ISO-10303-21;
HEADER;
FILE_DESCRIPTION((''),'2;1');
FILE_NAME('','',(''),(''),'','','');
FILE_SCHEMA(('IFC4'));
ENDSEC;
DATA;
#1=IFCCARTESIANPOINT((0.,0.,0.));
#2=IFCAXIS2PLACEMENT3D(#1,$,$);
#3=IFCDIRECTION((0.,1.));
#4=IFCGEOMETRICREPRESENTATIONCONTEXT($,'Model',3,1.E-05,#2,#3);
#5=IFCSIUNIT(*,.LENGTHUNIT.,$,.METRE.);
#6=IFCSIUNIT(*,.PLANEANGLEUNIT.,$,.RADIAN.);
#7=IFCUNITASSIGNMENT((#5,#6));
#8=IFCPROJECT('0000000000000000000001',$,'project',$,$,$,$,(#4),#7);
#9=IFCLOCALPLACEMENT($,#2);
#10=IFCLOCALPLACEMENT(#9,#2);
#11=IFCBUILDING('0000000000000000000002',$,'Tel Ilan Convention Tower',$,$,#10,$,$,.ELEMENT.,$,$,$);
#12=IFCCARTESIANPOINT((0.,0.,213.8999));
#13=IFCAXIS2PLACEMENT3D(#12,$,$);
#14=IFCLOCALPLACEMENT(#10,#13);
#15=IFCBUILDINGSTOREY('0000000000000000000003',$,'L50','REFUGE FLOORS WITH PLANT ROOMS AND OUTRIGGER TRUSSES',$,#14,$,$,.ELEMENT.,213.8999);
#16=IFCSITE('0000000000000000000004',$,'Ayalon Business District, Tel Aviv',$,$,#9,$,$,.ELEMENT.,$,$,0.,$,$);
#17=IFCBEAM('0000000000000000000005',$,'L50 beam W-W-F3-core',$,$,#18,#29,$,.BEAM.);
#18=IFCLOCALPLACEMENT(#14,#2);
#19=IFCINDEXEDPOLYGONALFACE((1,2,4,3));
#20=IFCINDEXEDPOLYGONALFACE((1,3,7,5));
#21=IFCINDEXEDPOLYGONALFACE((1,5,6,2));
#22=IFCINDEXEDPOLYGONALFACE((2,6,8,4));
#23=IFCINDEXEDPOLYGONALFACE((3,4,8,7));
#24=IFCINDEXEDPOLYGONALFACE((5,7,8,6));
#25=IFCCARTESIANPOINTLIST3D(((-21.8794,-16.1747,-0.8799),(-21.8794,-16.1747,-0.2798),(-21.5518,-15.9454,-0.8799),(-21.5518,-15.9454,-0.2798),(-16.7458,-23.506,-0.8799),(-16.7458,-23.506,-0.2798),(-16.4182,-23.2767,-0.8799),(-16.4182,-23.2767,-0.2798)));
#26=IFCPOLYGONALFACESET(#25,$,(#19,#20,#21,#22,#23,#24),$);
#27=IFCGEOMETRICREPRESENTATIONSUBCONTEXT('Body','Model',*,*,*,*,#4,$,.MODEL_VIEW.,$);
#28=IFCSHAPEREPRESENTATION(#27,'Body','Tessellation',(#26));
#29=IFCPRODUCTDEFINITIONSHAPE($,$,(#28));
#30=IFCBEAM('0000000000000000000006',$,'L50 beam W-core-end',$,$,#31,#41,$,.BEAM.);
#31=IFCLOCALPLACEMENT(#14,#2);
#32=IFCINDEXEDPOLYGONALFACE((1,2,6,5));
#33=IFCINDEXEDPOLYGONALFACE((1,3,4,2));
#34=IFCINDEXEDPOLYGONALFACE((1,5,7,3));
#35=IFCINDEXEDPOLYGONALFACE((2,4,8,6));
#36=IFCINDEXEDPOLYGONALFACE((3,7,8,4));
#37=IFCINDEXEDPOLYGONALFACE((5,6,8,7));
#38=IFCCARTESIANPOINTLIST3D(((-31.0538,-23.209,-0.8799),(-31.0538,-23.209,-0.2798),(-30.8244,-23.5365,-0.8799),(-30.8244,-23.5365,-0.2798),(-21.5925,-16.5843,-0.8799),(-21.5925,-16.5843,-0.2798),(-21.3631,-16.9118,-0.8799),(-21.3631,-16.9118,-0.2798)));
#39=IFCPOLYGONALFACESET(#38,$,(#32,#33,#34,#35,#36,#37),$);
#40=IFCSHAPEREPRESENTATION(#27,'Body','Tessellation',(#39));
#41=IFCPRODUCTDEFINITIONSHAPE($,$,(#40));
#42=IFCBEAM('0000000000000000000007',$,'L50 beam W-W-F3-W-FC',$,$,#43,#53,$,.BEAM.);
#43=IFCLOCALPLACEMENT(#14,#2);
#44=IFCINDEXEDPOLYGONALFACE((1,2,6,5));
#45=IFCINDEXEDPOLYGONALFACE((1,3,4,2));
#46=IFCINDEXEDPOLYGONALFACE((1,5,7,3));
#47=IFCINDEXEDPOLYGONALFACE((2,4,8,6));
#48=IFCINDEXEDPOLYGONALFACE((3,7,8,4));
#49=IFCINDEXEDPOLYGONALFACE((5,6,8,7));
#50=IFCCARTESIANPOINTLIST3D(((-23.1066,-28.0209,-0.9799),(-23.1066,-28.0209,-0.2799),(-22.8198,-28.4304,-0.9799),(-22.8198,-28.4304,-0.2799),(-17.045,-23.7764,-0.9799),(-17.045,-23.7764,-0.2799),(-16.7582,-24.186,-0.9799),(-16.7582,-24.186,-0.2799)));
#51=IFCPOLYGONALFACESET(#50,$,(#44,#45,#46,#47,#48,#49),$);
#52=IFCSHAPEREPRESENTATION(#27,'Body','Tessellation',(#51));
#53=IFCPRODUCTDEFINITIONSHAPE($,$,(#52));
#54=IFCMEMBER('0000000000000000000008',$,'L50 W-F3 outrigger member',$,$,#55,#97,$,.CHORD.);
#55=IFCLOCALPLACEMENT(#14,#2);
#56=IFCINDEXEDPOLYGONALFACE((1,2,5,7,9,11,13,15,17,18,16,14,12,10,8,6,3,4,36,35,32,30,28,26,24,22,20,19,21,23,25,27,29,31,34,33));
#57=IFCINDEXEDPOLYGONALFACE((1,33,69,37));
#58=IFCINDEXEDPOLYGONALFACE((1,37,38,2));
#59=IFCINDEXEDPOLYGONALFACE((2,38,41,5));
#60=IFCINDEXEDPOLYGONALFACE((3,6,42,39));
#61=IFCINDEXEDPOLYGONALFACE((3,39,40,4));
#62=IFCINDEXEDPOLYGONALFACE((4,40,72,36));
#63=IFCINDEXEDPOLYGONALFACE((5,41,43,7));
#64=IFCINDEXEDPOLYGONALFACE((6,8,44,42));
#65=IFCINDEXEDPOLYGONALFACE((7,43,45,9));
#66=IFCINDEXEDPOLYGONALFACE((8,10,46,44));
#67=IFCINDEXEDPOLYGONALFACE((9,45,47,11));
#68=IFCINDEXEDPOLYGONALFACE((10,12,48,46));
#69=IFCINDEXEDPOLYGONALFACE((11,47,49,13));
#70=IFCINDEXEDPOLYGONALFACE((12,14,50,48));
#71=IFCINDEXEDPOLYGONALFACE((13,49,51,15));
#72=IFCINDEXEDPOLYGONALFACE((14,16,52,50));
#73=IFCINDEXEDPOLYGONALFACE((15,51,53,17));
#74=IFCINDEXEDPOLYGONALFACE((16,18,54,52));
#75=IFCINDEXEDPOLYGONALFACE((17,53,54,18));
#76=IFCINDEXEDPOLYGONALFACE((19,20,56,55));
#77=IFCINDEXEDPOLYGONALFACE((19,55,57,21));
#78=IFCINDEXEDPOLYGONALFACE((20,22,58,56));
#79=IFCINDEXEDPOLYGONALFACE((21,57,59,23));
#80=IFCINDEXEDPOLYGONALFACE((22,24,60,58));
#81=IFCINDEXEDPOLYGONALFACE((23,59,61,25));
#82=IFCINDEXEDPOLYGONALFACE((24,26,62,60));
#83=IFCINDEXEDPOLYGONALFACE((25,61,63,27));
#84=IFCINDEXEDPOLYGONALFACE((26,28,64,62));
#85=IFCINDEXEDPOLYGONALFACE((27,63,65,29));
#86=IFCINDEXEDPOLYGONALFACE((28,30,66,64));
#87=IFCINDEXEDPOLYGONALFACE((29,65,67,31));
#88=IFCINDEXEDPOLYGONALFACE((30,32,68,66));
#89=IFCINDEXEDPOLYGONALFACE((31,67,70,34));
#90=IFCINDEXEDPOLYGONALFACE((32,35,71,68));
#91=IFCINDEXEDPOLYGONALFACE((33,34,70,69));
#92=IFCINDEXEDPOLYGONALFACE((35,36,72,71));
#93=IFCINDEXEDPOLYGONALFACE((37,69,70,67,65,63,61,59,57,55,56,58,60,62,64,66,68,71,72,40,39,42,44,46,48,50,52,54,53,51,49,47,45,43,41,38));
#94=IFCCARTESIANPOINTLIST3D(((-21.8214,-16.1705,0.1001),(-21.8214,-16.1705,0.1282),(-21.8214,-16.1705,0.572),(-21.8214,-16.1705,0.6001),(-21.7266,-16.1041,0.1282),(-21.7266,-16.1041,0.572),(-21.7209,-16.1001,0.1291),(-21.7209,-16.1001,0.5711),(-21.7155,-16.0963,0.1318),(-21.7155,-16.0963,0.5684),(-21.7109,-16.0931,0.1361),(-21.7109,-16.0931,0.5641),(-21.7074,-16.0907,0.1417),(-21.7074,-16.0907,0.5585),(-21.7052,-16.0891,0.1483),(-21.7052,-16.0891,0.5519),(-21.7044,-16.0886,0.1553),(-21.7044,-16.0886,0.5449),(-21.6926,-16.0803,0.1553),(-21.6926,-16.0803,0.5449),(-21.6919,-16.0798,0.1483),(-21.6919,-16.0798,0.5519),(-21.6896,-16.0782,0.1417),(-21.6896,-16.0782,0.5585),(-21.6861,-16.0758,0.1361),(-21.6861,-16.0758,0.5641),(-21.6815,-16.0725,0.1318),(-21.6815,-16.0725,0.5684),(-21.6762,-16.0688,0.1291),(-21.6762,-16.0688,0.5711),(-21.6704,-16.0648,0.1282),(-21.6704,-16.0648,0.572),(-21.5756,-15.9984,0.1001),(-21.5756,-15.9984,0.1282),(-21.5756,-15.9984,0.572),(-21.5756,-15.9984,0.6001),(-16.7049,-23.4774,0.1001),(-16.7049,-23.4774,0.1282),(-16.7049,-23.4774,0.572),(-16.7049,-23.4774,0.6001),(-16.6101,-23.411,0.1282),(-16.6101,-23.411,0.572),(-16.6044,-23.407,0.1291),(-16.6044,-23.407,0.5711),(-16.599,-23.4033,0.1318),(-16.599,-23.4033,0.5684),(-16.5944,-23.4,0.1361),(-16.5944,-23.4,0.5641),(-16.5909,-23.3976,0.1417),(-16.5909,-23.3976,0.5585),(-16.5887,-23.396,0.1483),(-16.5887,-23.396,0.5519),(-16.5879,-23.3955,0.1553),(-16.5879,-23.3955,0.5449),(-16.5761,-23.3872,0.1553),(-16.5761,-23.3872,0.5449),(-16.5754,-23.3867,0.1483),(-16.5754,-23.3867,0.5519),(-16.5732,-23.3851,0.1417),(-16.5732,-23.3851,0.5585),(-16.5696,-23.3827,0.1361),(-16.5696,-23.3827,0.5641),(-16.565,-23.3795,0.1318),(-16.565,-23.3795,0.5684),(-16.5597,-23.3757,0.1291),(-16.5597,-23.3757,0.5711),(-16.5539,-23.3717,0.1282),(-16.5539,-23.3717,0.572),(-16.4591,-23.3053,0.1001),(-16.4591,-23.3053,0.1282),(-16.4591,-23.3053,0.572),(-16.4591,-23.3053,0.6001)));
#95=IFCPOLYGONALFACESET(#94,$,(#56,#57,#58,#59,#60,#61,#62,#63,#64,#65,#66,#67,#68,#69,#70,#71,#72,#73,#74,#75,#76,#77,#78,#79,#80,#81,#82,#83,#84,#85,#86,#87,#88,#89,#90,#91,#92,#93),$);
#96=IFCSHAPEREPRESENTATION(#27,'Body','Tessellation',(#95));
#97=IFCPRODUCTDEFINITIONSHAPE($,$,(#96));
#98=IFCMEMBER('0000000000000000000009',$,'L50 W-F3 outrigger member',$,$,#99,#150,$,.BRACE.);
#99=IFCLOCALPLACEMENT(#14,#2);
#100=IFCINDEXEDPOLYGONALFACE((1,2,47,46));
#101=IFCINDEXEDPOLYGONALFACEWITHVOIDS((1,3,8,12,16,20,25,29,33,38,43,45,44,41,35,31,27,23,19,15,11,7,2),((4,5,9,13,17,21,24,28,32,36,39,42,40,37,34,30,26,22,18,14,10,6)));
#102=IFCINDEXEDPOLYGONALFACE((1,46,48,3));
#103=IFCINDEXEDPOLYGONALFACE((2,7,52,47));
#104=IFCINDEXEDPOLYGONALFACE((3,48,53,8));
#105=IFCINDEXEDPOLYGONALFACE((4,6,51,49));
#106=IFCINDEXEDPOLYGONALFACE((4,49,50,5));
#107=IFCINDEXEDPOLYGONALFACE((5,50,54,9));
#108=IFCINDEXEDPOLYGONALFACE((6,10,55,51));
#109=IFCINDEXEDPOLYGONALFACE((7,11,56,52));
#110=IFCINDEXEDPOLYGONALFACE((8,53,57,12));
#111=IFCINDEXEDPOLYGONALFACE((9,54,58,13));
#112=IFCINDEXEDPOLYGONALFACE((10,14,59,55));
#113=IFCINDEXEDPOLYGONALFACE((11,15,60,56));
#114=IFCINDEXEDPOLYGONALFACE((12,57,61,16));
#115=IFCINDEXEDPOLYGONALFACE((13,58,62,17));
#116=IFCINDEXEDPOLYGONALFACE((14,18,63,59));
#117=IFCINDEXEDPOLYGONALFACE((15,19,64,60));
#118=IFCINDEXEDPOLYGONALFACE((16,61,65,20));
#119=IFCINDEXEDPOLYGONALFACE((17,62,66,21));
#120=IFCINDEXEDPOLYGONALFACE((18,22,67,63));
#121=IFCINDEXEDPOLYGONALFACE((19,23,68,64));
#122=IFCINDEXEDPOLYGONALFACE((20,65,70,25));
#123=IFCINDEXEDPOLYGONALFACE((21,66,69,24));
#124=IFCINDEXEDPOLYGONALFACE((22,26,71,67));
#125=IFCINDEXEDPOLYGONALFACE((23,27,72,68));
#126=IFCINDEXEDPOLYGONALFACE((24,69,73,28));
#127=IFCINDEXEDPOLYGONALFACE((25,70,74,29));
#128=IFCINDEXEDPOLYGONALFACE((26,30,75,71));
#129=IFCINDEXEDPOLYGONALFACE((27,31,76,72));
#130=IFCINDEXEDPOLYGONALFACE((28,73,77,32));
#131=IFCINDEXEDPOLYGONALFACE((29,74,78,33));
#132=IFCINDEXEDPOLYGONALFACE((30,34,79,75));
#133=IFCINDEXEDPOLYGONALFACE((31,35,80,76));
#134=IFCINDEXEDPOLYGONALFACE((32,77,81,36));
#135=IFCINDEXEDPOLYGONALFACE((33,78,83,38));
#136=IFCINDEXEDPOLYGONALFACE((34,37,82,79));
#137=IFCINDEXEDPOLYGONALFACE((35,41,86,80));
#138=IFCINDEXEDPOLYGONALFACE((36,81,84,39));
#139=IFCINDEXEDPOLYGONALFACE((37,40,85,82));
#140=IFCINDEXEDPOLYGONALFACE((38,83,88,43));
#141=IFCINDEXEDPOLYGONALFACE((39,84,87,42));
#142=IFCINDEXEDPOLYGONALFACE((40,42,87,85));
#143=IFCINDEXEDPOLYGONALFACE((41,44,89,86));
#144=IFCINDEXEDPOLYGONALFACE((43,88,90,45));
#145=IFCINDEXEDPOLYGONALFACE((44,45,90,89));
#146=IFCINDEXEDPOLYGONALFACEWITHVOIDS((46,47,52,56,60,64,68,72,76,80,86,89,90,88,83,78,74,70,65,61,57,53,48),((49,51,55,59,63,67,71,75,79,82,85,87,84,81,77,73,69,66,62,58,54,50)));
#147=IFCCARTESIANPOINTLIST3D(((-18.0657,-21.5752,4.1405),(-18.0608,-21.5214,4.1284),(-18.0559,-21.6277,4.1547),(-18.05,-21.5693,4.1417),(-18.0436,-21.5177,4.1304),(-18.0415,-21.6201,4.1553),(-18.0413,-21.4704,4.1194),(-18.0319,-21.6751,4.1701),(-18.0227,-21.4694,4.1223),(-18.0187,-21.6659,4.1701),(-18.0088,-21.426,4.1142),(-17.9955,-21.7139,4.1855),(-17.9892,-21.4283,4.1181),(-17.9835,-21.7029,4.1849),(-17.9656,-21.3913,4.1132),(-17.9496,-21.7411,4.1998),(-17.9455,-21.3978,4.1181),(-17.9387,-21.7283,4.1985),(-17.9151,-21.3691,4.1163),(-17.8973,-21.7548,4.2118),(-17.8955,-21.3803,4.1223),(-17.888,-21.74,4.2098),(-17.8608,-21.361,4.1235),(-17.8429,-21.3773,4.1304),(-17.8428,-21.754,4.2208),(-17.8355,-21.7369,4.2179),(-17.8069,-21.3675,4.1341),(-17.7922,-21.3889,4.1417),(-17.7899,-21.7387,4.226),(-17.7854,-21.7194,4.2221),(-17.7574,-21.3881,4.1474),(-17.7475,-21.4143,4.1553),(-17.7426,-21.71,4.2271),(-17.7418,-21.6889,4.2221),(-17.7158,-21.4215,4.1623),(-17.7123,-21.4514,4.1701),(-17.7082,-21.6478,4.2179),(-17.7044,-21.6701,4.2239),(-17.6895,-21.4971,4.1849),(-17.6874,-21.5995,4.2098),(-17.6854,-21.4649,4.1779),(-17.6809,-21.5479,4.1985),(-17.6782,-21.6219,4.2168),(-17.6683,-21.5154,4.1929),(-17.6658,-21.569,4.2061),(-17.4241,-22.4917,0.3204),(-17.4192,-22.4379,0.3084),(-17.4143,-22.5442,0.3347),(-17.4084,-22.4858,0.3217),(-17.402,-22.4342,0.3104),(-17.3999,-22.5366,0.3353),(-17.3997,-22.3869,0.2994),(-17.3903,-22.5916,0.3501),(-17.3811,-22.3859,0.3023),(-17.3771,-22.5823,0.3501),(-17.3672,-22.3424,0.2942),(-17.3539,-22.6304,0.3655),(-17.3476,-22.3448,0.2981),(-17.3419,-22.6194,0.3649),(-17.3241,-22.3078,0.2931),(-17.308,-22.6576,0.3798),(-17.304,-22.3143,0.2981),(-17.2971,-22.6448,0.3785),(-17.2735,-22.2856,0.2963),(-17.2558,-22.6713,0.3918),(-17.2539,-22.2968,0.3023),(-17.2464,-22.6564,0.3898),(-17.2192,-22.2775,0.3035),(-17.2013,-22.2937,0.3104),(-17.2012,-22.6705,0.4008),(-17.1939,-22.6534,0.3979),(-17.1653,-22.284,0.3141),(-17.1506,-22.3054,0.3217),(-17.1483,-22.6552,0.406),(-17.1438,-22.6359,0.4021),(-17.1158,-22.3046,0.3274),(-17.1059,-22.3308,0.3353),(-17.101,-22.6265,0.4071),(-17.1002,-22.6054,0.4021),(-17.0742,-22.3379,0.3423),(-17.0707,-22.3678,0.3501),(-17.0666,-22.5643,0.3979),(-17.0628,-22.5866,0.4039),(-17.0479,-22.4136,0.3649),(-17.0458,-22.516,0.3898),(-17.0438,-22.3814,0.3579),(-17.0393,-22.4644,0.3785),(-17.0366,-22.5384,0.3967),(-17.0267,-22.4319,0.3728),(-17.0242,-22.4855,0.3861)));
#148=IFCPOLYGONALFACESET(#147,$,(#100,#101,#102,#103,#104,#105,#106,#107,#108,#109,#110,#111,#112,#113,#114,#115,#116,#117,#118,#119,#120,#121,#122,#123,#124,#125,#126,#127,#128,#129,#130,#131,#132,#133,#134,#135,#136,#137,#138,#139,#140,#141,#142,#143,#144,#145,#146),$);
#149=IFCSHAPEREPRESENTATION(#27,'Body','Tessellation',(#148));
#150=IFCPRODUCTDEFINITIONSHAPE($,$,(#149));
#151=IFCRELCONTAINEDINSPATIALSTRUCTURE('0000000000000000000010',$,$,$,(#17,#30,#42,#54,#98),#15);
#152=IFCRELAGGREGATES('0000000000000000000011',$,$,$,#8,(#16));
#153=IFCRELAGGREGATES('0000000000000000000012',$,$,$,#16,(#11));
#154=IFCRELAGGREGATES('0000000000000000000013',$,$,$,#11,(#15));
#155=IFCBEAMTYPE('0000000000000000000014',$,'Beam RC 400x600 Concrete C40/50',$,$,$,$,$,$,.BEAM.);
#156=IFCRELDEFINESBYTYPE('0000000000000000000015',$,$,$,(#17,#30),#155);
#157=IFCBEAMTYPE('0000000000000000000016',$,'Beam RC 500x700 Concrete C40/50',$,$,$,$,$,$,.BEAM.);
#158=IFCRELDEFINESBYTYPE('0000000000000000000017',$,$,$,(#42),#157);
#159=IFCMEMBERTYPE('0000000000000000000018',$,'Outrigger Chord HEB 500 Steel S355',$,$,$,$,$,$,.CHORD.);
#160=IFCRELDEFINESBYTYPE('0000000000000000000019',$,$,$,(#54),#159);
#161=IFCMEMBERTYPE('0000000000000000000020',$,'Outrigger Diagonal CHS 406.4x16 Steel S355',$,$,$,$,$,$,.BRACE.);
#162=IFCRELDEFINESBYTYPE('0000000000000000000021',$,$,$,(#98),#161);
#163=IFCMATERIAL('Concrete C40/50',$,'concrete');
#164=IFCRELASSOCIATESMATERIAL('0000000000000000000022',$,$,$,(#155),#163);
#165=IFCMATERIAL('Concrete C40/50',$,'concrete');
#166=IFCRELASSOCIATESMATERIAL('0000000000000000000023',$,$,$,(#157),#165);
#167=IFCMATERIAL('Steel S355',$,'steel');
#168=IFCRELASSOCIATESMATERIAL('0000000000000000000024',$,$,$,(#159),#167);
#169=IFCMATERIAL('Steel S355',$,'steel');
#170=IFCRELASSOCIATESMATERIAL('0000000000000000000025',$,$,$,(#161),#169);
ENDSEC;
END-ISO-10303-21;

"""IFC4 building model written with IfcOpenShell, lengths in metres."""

from ifc_helpers import new_model, si_unit, direction, frame, origin, origin_2d, place, context, subcontext, project, spatial, rectangle, hollow_circle, i_section, extrude, material, material_profile, profile_set, type_object, element, save


model = new_model("IFC4")

# Units and contexts
model_context = context("Model", 3, precision=1e-05, world=origin(), true_north=direction((0.0, 1.0)))
body_context = subcontext(model_context, "Body", "Model", "MODEL_VIEW")
ifc_project = project(units=[si_unit("LENGTHUNIT", "METRE"), si_unit("PLANEANGLEUNIT", "RADIAN")], contexts=[model_context])

# Site, building, storey
site_placement = place(None, origin())
site = spatial("IfcSite", under=ifc_project, at=site_placement, Name="Ayalon Business District, Tel Aviv", CompositionType="ELEMENT", RefElevation=0.0)
building_placement = place(site_placement, origin())
building = spatial("IfcBuilding", under=site, at=building_placement, Name="Tel Ilan Convention Tower", CompositionType="ELEMENT")
storey_placement = place(building_placement, frame((0.0, 0.0, 213.8999)))
storey = spatial("IfcBuildingStorey", under=building, at=storey_placement, Name="L50", Description="REFUGE FLOORS WITH PLANT ROOMS AND OUTRIGGER TRUSSES", CompositionType="ELEMENT", Elevation=213.8999)

# Beams
ifc_material_1 = material(Name="Concrete C40/50", Category="concrete")
ifc_material_profile_1 = material_profile(ifc_material_1, rectangle(XDim=0.3999, YDim=0.6001, at=origin_2d()), Name="RC 400x600")
ifc_profile_set_1 = profile_set([ifc_material_profile_1], Name="Concrete C40/50")
beam_type_1 = type_object("IfcBeamType", Name="Beam RC 400x600 Concrete C40/50", PredefinedType="BEAM", material=ifc_profile_set_1)
beam_1_placement = place(storey_placement, frame((-16.582, -23.3914, -0.5798), z_axis=(-0.573585, 0.819146, 0.0), x_axis=(-0.819146, -0.573585, 0.0)))
element("IfcBeam", 1, at=beam_1_placement, inside=storey, type_object=beam_type_1, Name="L50 beam W-W-F3-core", PredefinedType="BEAM", context=body_context, shape_type="SweptSolid", body=[
    extrude(rectangle(XDim=0.3999, YDim=0.6001, at=origin_2d()), origin(), (0.0, 0.0, 1.0), 8.95),
])
beam_2_placement = place(storey_placement, frame((-21.4778, -16.748, -0.5798), z_axis=(-0.81916, -0.573564, 0.0), x_axis=(0.573564, -0.81916, 0.0)))
element("IfcBeam", 2, at=beam_2_placement, inside=storey, type_object=beam_type_1, Name="L50 beam W-core-end", PredefinedType="BEAM", context=body_context, shape_type="SweptSolid", body=[
    extrude(rectangle(XDim=0.3999, YDim=0.6001, at=origin_2d()), origin(), (0.0, 0.0, 1.0), 11.55),
])
ifc_material_2 = material(Name="Concrete C40/50", Category="concrete")
ifc_material_profile_2 = material_profile(ifc_material_2, rectangle(XDim=0.5, YDim=0.7, at=origin_2d()), Name="RC 500x700")
ifc_profile_set_2 = profile_set([ifc_material_profile_2], Name="Concrete C40/50")
beam_type_2 = type_object("IfcBeamType", Name="Beam RC 500x700 Concrete C40/50", PredefinedType="BEAM", material=ifc_profile_set_2)
beam_3_placement = place(storey_placement, frame((-16.9016, -23.9812, -0.6299), z_axis=(-0.819148, -0.573582, 0.0), x_axis=(0.573582, -0.819148, 0.0)))
element("IfcBeam", 3, at=beam_3_placement, inside=storey, type_object=beam_type_2, Name="L50 beam W-W-F3-W-FC", PredefinedType="BEAM", context=body_context, shape_type="SweptSolid", body=[
    extrude(rectangle(XDim=0.5, YDim=0.7, at=origin_2d()), origin(), (0.0, 0.0, 1.0), 7.3999),
])

# Members
ifc_material_3 = material(Name="Steel S355", Category="steel")
ifc_material_profile_3 = material_profile(ifc_material_3, i_section(OverallWidth=0.3, OverallDepth=0.5, WebThickness=0.0144, FlangeThickness=0.0281, FilletRadius=0.0271, at=origin_2d()), Name="HEB 500")
ifc_profile_set_3 = profile_set([ifc_material_profile_3], Name="Steel S355")
member_type_1 = type_object("IfcMemberType", Name="Outrigger Chord HEB 500 Steel S355", PredefinedType="CHORD", material=ifc_profile_set_3)
member_1_placement = place(storey_placement, frame((-16.582, -23.3914, 0.3501), z_axis=(-0.573585, 0.819146, 0.0), x_axis=(-0.819146, -0.573585, 0.0)))
element("IfcMember", 4, at=member_1_placement, inside=storey, type_object=member_type_1, Name="L50 W-F3 outrigger member", PredefinedType="CHORD", context=body_context, shape_type="SweptSolid", body=[
    extrude(i_section(OverallWidth=0.3, OverallDepth=0.5, WebThickness=0.0144, FlangeThickness=0.0281, FilletRadius=0.0271, at=origin_2d()), origin(), (0.0, 0.0, 1.0), 8.9202),
])
ifc_material_4 = material(Name="Steel S355", Category="steel")
ifc_material_profile_4 = material_profile(ifc_material_4, hollow_circle(Radius=0.2031, WallThickness=0.0161, at=origin_2d()), Name="CHS 406.4x16")
ifc_profile_set_4 = profile_set([ifc_material_profile_4], Name="Steel S355")
member_type_2 = type_object("IfcMemberType", Name="Outrigger Diagonal CHS 406.4x16 Steel S355", PredefinedType="BRACE", material=ifc_profile_set_4)
for number, where, z_axis, x_axis, name in (
    (5, (-17.2239, -22.4751, 0.3501), (-0.161185, 0.230247, 0.95969), (-0.819211, -0.573492, 0.0), "L50 W-F3 outrigger member"),
):
    element("IfcMember", number, at=place(storey_placement, frame(where, z_axis=z_axis, x_axis=x_axis)), inside=storey, type_object=member_type_2, Name=name, PredefinedType="BRACE", context=body_context, shape_type="SweptSolid", body=[
        extrude(hollow_circle(Radius=0.2031, WallThickness=0.0161, at=origin_2d()), origin(), (0.0, 0.0, 1.0), 3.9805),
    ])

save(model, "model.ifc")
